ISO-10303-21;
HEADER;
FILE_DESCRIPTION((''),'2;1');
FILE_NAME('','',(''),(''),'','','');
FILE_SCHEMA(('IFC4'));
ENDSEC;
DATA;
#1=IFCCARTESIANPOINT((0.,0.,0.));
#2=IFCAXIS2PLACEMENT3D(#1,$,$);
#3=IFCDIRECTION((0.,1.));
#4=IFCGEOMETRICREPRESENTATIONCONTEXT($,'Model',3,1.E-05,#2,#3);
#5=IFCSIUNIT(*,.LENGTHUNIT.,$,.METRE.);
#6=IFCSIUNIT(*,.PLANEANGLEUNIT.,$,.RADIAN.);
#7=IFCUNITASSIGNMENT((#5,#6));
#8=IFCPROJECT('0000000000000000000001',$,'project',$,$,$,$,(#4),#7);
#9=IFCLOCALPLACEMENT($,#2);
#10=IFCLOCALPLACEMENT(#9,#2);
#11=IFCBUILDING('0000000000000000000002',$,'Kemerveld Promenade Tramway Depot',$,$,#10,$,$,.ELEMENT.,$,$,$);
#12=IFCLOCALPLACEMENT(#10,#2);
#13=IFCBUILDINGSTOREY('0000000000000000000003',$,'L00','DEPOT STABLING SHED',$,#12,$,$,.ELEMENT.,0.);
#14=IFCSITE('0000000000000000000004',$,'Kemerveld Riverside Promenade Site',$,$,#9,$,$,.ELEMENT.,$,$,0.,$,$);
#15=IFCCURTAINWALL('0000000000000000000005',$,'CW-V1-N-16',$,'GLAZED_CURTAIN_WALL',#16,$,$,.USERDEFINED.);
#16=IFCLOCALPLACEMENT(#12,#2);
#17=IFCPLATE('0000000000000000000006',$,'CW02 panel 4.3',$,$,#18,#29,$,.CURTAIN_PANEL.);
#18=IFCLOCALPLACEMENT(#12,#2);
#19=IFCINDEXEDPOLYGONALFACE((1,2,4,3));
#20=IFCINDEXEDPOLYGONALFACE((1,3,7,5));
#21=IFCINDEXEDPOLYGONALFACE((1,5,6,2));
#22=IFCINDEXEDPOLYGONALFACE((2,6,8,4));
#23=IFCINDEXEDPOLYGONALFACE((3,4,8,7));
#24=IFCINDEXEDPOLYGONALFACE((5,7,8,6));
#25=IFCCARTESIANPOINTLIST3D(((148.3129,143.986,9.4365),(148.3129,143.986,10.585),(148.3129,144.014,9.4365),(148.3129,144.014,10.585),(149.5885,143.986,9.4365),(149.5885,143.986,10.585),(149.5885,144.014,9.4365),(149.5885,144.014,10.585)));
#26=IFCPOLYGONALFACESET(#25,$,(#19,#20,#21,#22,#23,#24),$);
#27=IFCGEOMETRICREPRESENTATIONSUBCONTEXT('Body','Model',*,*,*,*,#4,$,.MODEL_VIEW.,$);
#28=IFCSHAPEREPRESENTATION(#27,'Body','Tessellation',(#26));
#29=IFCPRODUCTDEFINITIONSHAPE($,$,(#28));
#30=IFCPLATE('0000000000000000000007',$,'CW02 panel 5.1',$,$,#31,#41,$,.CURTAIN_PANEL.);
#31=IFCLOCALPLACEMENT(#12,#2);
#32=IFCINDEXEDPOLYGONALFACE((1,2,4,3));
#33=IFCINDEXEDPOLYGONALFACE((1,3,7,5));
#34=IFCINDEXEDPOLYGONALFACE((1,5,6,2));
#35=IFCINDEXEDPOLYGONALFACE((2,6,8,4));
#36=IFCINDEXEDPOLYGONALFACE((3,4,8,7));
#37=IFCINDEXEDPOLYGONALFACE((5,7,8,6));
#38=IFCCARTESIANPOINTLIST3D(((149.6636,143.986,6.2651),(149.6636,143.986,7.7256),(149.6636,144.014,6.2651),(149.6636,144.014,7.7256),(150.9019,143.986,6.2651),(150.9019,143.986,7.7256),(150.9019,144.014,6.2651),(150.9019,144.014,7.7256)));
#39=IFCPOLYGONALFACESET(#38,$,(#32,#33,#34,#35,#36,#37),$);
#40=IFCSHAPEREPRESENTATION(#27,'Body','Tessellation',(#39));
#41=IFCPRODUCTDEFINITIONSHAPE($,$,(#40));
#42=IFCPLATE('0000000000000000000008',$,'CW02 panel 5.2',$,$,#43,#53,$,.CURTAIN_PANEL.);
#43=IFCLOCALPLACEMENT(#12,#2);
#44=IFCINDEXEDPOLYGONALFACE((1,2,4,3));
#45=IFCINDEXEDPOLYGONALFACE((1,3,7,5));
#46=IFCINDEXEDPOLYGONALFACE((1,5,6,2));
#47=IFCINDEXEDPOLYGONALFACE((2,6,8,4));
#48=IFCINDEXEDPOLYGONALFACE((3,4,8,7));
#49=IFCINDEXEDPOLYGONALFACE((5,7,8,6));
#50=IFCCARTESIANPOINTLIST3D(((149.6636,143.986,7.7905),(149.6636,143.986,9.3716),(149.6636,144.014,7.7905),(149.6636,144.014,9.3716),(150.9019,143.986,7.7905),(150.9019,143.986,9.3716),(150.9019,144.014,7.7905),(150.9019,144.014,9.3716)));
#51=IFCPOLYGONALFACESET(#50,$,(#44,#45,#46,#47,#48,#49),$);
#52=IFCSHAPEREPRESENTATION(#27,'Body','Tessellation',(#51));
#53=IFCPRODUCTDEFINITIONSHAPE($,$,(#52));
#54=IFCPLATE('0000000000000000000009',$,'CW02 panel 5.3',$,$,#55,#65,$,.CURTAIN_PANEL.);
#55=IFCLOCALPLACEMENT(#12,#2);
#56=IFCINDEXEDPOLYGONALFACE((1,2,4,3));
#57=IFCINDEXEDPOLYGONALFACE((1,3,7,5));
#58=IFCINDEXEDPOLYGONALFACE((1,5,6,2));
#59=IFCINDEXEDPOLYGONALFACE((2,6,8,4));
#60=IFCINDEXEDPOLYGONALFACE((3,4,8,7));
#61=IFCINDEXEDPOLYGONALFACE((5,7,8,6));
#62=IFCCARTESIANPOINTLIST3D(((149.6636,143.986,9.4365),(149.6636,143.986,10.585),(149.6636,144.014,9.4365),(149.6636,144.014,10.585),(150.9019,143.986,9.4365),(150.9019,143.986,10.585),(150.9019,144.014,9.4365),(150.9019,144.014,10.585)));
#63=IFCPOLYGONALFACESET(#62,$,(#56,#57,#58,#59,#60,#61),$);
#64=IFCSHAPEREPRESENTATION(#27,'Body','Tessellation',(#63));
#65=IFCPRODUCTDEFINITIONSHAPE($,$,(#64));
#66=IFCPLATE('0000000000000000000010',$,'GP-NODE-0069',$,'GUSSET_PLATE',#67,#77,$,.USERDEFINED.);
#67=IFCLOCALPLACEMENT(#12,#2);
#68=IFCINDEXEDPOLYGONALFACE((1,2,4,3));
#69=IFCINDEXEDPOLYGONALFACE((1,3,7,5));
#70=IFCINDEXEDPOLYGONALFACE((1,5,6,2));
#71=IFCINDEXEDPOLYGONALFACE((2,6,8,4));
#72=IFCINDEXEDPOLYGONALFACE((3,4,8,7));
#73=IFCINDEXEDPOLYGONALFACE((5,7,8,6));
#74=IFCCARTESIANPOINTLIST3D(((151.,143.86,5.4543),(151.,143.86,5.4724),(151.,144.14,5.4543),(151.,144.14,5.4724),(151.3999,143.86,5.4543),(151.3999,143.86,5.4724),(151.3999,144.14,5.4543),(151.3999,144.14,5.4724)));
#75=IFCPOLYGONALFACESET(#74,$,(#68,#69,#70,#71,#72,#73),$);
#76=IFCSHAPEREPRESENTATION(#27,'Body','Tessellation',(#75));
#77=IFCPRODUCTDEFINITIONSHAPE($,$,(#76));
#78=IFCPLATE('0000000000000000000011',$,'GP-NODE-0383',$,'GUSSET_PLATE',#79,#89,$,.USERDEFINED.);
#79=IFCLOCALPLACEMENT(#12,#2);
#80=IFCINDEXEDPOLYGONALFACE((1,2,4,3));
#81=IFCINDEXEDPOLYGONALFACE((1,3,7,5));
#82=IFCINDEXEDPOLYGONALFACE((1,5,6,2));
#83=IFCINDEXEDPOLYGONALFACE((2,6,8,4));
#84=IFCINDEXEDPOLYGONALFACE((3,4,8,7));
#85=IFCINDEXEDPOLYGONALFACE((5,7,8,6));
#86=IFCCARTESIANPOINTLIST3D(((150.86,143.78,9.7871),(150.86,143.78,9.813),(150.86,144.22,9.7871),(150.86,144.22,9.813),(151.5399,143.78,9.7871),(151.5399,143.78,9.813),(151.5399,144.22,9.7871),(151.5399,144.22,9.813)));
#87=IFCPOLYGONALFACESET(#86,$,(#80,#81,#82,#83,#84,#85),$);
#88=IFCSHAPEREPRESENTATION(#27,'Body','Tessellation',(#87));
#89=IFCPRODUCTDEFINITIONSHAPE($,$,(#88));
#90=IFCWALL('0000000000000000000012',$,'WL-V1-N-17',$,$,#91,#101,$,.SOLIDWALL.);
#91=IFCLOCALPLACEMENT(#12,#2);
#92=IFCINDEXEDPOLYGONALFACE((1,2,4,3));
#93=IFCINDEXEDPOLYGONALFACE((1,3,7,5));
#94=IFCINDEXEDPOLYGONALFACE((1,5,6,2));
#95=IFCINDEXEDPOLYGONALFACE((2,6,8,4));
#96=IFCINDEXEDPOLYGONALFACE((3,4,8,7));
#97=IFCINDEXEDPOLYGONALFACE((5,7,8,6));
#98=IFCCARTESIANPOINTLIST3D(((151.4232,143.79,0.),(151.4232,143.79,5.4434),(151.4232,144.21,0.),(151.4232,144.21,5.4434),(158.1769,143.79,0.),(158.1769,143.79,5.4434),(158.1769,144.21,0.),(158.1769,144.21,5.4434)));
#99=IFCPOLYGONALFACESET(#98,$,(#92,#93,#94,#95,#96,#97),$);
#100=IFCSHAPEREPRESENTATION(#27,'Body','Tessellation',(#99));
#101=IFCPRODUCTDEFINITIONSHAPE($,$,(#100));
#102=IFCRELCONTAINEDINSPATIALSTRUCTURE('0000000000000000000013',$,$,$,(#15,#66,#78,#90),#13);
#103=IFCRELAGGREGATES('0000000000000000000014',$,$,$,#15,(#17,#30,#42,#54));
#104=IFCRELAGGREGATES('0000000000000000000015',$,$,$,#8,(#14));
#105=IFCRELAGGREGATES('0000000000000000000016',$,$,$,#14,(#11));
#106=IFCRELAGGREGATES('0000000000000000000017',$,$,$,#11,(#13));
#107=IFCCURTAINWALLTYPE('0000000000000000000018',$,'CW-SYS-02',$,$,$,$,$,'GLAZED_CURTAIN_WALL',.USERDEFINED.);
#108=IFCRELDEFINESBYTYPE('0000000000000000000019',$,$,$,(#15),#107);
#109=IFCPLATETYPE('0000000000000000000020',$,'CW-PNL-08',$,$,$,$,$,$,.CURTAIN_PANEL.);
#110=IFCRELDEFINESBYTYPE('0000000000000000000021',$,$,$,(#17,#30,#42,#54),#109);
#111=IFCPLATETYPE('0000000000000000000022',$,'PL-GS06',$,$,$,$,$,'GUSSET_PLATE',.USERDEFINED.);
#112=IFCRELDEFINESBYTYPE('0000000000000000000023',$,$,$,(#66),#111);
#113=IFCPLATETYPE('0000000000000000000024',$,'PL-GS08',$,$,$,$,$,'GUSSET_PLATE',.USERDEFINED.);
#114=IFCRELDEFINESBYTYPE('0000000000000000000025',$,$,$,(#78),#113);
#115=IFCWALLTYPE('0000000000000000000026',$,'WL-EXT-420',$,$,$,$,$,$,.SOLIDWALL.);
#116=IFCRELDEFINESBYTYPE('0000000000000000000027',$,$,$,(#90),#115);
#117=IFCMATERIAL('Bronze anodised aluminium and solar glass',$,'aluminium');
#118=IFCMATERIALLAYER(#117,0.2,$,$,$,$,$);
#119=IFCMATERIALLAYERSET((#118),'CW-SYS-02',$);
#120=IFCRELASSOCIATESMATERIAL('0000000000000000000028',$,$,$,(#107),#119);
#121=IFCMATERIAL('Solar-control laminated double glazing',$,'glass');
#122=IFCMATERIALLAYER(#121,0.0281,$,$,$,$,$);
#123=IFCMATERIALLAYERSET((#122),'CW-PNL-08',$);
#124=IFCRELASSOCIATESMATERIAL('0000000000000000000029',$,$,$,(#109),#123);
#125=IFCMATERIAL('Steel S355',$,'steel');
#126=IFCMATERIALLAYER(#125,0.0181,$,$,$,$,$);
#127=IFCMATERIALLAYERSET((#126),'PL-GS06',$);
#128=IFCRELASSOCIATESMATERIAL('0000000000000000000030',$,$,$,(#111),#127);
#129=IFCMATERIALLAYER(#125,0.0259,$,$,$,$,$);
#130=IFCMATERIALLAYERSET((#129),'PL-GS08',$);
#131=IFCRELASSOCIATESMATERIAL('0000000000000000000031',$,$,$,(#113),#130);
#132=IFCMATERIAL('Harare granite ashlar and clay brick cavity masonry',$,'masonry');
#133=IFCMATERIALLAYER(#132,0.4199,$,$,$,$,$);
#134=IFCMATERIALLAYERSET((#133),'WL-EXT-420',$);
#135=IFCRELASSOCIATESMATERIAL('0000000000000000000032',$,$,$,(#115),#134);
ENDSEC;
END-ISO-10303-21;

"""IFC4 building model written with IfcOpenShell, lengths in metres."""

from ifc_helpers import new_model, si_unit, direction, frame, frame_2d, origin, origin_2d, place, context, subcontext, project, spatial, rectangle, extrude, material, layer, layer_set, type_object, element, aggregate, save


model = new_model("IFC4")

# Units and contexts
model_context = context("Model", 3, precision=1e-05, world=origin(), true_north=direction((0.0, 1.0)))
body_context = subcontext(model_context, "Body", "Model", "MODEL_VIEW")
ifc_project = project(units=[si_unit("LENGTHUNIT", "METRE"), si_unit("PLANEANGLEUNIT", "RADIAN")], contexts=[model_context])

# Site, building, storey
site_placement = place(None, origin())
site = spatial("IfcSite", under=ifc_project, at=site_placement, Name="Kemerveld Riverside Promenade Site", CompositionType="ELEMENT", RefElevation=0.0)
building_placement = place(site_placement, origin())
building = spatial("IfcBuilding", under=site, at=building_placement, Name="Kemerveld Promenade Tramway Depot", CompositionType="ELEMENT")
storey_placement = place(building_placement, origin())
storey = spatial("IfcBuildingStorey", under=building, at=storey_placement, Name="L00", Description="DEPOT STABLING SHED", CompositionType="ELEMENT", Elevation=0.0)

# Shared definitions
ifc_material_1 = material(Name="Steel S355", Category="steel")

# Curtain wall
ifc_material_2 = material(Name="Bronze anodised aluminium and solar glass", Category="aluminium")
ifc_layer_1 = layer(ifc_material_2, 0.2)
ifc_layer_set_1 = layer_set([ifc_layer_1], Name="CW-SYS-02")
curtain_wall_type = type_object("IfcCurtainWallType", Name="CW-SYS-02", ElementType="GLAZED_CURTAIN_WALL", PredefinedType="USERDEFINED", material=ifc_layer_set_1)
curtain_wall_placement = place(storey_placement, origin())
curtain_wall = element("IfcCurtainWall", 1, at=curtain_wall_placement, inside=storey, type_object=curtain_wall_type, Name="CW-V1-N-16", ObjectType="GLAZED_CURTAIN_WALL", PredefinedType="USERDEFINED")

# Plates
ifc_material_3 = material(Name="Solar-control laminated double glazing", Category="glass")
ifc_layer_2 = layer(ifc_material_3, 0.0281)
ifc_layer_set_2 = layer_set([ifc_layer_2], Name="CW-PNL-08")
plate_type_1 = type_object("IfcPlateType", Name="CW-PNL-08", PredefinedType="CURTAIN_PANEL", material=ifc_layer_set_2)
plate_1_placement = place(storey_placement, frame((148.9507, 144.0, 9.4365), z_axis=(0.0, 0.0, 1.0), x_axis=(1.0, 0.0, 0.0)))
plate_1 = element("IfcPlate", 2, at=plate_1_placement, type_object=plate_type_1, Name="CW02 panel 4.3", PredefinedType="CURTAIN_PANEL", context=body_context, shape_type="SweptSolid", body=[
    extrude(rectangle(XDim=1.2756, YDim=0.0281, at=origin_2d()), origin(), (0.0, 0.0, 1.0), 1.1484),
])
plate_2_placement = place(storey_placement, frame((150.2827, 144.0, 6.2651), z_axis=(0.0, 0.0, 1.0), x_axis=(1.0, 0.0, 0.0)))
plate_2 = element("IfcPlate", 3, at=plate_2_placement, type_object=plate_type_1, Name="CW02 panel 5.1", PredefinedType="CURTAIN_PANEL", context=body_context, shape_type="SweptSolid", body=[
    extrude(rectangle(XDim=1.2383, YDim=0.0281, at=origin_2d()), origin(), (0.0, 0.0, 1.0), 1.4604),
])
plate_3_placement = place(storey_placement, frame((150.2827, 144.0, 7.7905), z_axis=(0.0, 0.0, 1.0), x_axis=(1.0, 0.0, 0.0)))
plate_3 = element("IfcPlate", 4, at=plate_3_placement, type_object=plate_type_1, Name="CW02 panel 5.2", PredefinedType="CURTAIN_PANEL", context=body_context, shape_type="SweptSolid", body=[
    extrude(rectangle(XDim=1.2383, YDim=0.0281, at=origin_2d()), origin(), (0.0, 0.0, 1.0), 1.5811),
])
plate_4_placement = place(storey_placement, frame((150.2827, 144.0, 9.4365), z_axis=(0.0, 0.0, 1.0), x_axis=(1.0, 0.0, 0.0)))
plate_4 = element("IfcPlate", 5, at=plate_4_placement, type_object=plate_type_1, Name="CW02 panel 5.3", PredefinedType="CURTAIN_PANEL", context=body_context, shape_type="SweptSolid", body=[
    extrude(rectangle(XDim=1.2383, YDim=0.0281, at=origin_2d()), origin(), (0.0, 0.0, 1.0), 1.1484),
])
aggregate(curtain_wall, [plate_1, plate_2, plate_3, plate_4])

# Plates
ifc_layer_3 = layer(ifc_material_1, 0.0181)
ifc_layer_set_3 = layer_set([ifc_layer_3], Name="PL-GS06")
plate_type_2 = type_object("IfcPlateType", Name="PL-GS06", ElementType="GUSSET_PLATE", PredefinedType="USERDEFINED", material=ifc_layer_set_3)
plate_5_placement = place(storey_placement, frame((151.2, 144.0, 5.4543), z_axis=(0.0, 0.0, 1.0), x_axis=(1.0, 0.0, 0.0)))
element("IfcPlate", 6, at=plate_5_placement, inside=storey, type_object=plate_type_2, Name="GP-NODE-0069", ObjectType="GUSSET_PLATE", PredefinedType="USERDEFINED", context=body_context, shape_type="SweptSolid", body=[
    extrude(rectangle(XDim=0.3999, YDim=0.28, at=origin_2d()), origin(), (0.0, 0.0, 1.0), 0.0181),
])
ifc_layer_4 = layer(ifc_material_1, 0.0259)
ifc_layer_set_4 = layer_set([ifc_layer_4], Name="PL-GS08")
plate_type_3 = type_object("IfcPlateType", Name="PL-GS08", ElementType="GUSSET_PLATE", PredefinedType="USERDEFINED", material=ifc_layer_set_4)
plate_6_placement = place(storey_placement, frame((151.2, 144.0, 9.7871), z_axis=(0.0, 0.0, 1.0), x_axis=(1.0, 0.0, 0.0)))
element("IfcPlate", 7, at=plate_6_placement, inside=storey, type_object=plate_type_3, Name="GP-NODE-0383", ObjectType="GUSSET_PLATE", PredefinedType="USERDEFINED", context=body_context, shape_type="SweptSolid", body=[
    extrude(rectangle(XDim=0.6799, YDim=0.4399, at=origin_2d()), origin(), (0.0, 0.0, 1.0), 0.0259),
])

# Wall
ifc_material_4 = material(Name="Harare granite ashlar and clay brick cavity masonry", Category="masonry")
ifc_layer_5 = layer(ifc_material_4, 0.4199)
ifc_layer_set_5 = layer_set([ifc_layer_5], Name="WL-EXT-420")
wall_type = type_object("IfcWallType", Name="WL-EXT-420", PredefinedType="SOLIDWALL", material=ifc_layer_set_5)
wall_placement = place(storey_placement, frame((151.4231, 144.0, 0.0), z_axis=(0.0, 0.0, 1.0), x_axis=(1.0, 0.0, 0.0)))
element("IfcWall", 8, at=wall_placement, inside=storey, type_object=wall_type, Name="WL-V1-N-17", PredefinedType="SOLIDWALL", context=body_context, shape_type="SweptSolid", body=[
    extrude(rectangle(XDim=6.7537, YDim=0.4199, at=frame_2d((3.377, 0.0))), origin(), (0.0, 0.0, 1.0), 5.4434),
])

save(model, "model.ifc")
